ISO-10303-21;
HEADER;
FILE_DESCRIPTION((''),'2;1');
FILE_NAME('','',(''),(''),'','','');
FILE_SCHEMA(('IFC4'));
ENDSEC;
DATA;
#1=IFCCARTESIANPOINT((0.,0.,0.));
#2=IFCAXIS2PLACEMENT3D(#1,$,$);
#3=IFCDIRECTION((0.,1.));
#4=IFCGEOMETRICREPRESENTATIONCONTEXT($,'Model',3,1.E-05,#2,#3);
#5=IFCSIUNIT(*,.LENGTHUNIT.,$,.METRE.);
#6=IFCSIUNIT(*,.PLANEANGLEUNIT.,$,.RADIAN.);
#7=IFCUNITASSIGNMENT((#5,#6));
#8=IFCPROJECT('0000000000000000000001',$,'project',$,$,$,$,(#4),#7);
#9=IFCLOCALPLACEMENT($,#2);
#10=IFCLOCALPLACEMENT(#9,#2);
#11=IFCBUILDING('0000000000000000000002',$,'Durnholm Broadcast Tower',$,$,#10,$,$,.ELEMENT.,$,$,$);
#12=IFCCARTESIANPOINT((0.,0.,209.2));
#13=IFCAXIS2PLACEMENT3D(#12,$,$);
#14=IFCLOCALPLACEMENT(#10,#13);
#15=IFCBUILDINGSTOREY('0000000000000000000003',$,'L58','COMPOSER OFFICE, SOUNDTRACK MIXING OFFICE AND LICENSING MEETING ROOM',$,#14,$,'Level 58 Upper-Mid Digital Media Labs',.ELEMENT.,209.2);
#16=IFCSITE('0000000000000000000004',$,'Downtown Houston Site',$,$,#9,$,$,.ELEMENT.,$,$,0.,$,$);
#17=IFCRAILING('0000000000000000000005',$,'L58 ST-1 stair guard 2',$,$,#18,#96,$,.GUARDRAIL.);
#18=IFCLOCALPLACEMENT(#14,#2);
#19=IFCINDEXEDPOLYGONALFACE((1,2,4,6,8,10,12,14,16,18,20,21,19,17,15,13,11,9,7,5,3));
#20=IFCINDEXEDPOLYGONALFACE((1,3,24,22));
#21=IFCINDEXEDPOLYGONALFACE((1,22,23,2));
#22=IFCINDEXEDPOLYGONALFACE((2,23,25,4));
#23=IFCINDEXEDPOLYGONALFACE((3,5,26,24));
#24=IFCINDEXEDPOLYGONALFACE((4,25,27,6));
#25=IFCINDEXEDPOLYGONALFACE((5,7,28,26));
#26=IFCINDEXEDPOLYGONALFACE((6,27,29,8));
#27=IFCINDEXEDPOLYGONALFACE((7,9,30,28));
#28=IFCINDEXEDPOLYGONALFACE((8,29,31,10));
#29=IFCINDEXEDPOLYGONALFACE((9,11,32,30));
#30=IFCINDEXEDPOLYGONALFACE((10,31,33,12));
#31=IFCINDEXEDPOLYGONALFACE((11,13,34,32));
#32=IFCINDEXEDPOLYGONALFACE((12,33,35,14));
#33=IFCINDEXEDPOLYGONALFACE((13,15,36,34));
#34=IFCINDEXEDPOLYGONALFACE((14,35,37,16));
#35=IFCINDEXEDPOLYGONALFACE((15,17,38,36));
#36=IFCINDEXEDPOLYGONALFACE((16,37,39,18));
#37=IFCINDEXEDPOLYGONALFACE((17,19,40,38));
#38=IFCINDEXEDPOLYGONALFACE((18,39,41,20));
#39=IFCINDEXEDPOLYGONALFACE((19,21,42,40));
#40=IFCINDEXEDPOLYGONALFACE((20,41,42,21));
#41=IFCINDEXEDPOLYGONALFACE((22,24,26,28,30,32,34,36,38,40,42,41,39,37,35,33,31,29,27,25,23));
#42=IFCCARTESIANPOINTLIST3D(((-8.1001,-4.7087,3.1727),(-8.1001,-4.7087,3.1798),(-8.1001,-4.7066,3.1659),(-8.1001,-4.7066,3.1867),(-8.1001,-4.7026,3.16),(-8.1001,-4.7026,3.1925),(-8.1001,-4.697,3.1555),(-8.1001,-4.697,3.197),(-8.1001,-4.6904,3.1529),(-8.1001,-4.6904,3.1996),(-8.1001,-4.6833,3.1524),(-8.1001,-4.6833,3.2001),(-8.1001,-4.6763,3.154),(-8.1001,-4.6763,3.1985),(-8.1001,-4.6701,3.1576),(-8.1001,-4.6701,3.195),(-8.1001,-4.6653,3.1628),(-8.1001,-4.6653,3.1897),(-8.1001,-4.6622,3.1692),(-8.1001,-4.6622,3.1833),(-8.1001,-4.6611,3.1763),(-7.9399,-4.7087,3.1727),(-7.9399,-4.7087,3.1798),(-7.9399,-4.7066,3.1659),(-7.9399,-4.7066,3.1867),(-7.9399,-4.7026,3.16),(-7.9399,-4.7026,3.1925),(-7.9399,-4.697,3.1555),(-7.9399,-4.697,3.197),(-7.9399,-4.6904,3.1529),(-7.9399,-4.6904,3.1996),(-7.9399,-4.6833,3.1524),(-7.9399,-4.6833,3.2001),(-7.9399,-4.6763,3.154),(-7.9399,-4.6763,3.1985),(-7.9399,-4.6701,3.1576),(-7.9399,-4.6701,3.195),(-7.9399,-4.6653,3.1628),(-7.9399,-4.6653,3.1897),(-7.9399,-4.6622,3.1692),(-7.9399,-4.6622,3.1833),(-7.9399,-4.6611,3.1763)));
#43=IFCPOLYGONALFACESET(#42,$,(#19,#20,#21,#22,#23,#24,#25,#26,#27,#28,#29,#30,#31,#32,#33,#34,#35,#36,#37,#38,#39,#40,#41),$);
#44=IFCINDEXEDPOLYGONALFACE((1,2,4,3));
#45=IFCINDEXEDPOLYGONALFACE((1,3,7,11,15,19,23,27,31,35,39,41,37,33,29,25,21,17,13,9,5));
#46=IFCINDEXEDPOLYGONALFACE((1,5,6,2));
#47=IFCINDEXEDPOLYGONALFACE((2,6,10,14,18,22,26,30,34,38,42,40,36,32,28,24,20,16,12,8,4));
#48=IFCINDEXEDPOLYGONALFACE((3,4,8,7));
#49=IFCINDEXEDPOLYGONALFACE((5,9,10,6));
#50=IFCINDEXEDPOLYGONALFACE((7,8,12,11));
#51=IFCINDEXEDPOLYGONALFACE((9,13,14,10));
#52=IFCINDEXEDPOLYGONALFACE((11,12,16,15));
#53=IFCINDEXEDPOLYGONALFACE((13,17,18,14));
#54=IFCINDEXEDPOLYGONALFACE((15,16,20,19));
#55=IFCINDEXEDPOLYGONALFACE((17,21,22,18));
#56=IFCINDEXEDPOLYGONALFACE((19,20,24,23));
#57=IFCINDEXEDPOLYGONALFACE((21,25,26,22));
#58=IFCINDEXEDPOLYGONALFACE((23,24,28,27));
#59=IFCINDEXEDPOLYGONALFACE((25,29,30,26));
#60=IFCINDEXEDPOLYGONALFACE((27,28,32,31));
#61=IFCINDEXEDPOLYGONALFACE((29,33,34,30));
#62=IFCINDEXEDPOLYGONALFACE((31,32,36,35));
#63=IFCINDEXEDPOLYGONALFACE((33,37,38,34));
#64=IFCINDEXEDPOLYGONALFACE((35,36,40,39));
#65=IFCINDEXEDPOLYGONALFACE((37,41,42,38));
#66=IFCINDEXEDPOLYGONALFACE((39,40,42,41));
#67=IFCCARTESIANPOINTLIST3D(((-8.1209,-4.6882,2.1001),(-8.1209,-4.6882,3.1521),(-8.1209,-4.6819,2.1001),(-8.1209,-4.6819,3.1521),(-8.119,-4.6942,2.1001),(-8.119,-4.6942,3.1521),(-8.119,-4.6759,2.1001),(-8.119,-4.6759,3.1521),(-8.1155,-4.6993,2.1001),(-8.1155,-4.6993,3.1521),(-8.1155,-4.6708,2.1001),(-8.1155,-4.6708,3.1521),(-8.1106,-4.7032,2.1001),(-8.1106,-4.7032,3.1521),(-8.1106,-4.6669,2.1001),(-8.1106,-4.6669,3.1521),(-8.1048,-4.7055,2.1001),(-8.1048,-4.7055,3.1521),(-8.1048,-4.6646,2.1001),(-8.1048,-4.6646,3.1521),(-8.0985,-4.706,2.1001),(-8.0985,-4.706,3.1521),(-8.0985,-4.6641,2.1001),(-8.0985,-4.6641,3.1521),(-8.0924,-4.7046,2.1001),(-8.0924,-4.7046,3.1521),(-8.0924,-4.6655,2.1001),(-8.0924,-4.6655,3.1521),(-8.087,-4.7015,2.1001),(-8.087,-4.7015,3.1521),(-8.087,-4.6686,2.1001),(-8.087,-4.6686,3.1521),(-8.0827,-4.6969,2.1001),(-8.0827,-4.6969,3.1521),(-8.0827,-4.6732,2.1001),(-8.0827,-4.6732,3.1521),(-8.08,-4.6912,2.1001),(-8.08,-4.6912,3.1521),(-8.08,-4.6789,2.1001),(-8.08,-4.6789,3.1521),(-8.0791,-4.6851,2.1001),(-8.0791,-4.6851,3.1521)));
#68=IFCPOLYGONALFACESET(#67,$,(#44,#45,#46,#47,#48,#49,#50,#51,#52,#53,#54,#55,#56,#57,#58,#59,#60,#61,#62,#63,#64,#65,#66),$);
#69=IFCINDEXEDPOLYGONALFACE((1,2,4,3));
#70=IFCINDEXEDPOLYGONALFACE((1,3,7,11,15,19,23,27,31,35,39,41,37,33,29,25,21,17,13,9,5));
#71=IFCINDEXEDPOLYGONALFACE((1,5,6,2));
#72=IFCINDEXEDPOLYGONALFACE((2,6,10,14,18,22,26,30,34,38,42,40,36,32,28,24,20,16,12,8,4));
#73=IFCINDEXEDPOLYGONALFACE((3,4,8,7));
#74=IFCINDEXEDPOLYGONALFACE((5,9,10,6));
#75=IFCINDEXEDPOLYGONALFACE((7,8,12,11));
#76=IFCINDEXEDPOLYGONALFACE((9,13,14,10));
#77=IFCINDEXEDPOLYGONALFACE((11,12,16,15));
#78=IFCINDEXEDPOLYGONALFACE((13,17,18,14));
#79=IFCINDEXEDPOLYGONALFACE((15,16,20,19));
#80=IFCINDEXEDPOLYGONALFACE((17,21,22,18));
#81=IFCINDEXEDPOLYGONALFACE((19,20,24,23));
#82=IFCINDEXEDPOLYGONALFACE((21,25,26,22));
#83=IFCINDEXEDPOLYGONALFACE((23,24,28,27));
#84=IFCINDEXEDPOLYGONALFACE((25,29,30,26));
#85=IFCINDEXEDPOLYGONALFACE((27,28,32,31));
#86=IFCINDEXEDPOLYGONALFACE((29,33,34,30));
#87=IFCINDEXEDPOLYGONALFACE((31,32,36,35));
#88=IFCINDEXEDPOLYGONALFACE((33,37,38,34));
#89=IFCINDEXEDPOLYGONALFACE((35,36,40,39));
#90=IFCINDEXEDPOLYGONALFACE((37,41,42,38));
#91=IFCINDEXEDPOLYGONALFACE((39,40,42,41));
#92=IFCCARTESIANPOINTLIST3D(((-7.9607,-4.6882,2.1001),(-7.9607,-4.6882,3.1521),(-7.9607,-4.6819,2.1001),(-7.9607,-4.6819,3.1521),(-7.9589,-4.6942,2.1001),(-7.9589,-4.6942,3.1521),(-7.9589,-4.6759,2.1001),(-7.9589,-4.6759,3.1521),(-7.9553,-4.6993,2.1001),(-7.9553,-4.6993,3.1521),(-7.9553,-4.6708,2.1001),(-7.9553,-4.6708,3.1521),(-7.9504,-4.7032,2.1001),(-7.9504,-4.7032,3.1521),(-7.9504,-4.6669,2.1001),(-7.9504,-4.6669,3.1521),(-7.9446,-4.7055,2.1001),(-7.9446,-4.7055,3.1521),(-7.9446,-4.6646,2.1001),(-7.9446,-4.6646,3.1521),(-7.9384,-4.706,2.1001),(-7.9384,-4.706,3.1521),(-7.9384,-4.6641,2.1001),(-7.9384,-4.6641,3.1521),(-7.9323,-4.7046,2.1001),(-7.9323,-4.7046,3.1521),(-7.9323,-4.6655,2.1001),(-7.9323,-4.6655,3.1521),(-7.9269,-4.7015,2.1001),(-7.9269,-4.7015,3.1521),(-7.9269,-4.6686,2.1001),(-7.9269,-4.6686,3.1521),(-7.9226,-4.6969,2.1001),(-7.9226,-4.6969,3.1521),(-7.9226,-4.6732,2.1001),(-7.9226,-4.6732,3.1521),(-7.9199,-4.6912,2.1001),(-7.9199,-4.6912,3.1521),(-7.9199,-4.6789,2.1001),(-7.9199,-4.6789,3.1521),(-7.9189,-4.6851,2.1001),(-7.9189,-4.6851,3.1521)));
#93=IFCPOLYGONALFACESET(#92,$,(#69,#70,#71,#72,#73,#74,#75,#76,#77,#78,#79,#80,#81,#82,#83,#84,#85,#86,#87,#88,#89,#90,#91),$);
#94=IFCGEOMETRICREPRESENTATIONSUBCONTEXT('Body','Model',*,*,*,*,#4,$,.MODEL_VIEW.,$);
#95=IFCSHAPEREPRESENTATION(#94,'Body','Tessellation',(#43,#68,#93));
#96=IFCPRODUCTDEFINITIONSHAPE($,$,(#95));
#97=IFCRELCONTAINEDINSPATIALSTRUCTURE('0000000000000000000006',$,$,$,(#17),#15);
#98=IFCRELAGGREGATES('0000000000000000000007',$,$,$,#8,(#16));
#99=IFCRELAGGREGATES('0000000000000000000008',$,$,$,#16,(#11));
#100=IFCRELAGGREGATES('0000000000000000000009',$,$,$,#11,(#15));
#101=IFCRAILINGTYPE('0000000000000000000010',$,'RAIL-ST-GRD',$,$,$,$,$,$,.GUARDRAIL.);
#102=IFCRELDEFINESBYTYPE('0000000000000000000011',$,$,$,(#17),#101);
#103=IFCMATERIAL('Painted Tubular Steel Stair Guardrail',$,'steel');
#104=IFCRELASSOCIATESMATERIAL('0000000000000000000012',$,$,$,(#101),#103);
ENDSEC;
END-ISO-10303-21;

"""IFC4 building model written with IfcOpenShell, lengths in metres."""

from ifc_helpers import new_model, si_unit, direction, frame, origin, origin_2d, place, context, subcontext, project, spatial, circle, extrude, material, type_object, element, save


model = new_model("IFC4")

# Units and contexts
model_context = context("Model", 3, precision=1e-05, world=origin(), true_north=direction((0.0, 1.0)))
body_context = subcontext(model_context, "Body", "Model", "MODEL_VIEW")
ifc_project = project(units=[si_unit("LENGTHUNIT", "METRE"), si_unit("PLANEANGLEUNIT", "RADIAN")], contexts=[model_context])

# Site, building, storey
site_placement = place(None, origin())
site = spatial("IfcSite", under=ifc_project, at=site_placement, Name="Downtown Houston Site", CompositionType="ELEMENT", RefElevation=0.0)
building_placement = place(site_placement, origin())
building = spatial("IfcBuilding", under=site, at=building_placement, Name="Durnholm Broadcast Tower", CompositionType="ELEMENT")
storey_placement = place(building_placement, frame((0.0, 0.0, 209.2)))
storey = spatial("IfcBuildingStorey", under=building, at=storey_placement, Name="L58", Description="COMPOSER OFFICE, SOUNDTRACK MIXING OFFICE AND LICENSING MEETING ROOM", LongName="Level 58 Upper-Mid Digital Media Labs", CompositionType="ELEMENT", Elevation=209.2)

# Railing
ifc_material_1 = material(Name="Painted Tubular Steel Stair Guardrail", Category="steel")
railing_type_1 = type_object("IfcRailingType", Name="RAIL-ST-GRD", PredefinedType="GUARDRAIL", material=ifc_material_1)
railing_1_placement = place(storey_placement, frame((-8.1001, -4.6851, 2.1001)))
element("IfcRailing", 1, at=railing_1_placement, inside=storey, type_object=railing_type_1, Name="L58 ST-1 stair guard 2", PredefinedType="GUARDRAIL", context=body_context, shape_type="SweptSolid", body=[
    extrude(circle(Radius=0.0239, at=origin_2d()), frame((0.0, 0.0, 1.0762), z_axis=(1.0, 0.0, 0.0), x_axis=(0.0, 1.0, 0.0)), (0.0, 0.0, 1.0), 0.1602),
    extrude(circle(Radius=0.021, at=origin_2d()), origin(), (0.0, 0.0, 1.0), 1.052),
    extrude(circle(Radius=0.021, at=origin_2d()), frame((0.1602, 0.0, 0.0)), (0.0, 0.0, 1.0), 1.052),
])

save(model, "model.ifc")
